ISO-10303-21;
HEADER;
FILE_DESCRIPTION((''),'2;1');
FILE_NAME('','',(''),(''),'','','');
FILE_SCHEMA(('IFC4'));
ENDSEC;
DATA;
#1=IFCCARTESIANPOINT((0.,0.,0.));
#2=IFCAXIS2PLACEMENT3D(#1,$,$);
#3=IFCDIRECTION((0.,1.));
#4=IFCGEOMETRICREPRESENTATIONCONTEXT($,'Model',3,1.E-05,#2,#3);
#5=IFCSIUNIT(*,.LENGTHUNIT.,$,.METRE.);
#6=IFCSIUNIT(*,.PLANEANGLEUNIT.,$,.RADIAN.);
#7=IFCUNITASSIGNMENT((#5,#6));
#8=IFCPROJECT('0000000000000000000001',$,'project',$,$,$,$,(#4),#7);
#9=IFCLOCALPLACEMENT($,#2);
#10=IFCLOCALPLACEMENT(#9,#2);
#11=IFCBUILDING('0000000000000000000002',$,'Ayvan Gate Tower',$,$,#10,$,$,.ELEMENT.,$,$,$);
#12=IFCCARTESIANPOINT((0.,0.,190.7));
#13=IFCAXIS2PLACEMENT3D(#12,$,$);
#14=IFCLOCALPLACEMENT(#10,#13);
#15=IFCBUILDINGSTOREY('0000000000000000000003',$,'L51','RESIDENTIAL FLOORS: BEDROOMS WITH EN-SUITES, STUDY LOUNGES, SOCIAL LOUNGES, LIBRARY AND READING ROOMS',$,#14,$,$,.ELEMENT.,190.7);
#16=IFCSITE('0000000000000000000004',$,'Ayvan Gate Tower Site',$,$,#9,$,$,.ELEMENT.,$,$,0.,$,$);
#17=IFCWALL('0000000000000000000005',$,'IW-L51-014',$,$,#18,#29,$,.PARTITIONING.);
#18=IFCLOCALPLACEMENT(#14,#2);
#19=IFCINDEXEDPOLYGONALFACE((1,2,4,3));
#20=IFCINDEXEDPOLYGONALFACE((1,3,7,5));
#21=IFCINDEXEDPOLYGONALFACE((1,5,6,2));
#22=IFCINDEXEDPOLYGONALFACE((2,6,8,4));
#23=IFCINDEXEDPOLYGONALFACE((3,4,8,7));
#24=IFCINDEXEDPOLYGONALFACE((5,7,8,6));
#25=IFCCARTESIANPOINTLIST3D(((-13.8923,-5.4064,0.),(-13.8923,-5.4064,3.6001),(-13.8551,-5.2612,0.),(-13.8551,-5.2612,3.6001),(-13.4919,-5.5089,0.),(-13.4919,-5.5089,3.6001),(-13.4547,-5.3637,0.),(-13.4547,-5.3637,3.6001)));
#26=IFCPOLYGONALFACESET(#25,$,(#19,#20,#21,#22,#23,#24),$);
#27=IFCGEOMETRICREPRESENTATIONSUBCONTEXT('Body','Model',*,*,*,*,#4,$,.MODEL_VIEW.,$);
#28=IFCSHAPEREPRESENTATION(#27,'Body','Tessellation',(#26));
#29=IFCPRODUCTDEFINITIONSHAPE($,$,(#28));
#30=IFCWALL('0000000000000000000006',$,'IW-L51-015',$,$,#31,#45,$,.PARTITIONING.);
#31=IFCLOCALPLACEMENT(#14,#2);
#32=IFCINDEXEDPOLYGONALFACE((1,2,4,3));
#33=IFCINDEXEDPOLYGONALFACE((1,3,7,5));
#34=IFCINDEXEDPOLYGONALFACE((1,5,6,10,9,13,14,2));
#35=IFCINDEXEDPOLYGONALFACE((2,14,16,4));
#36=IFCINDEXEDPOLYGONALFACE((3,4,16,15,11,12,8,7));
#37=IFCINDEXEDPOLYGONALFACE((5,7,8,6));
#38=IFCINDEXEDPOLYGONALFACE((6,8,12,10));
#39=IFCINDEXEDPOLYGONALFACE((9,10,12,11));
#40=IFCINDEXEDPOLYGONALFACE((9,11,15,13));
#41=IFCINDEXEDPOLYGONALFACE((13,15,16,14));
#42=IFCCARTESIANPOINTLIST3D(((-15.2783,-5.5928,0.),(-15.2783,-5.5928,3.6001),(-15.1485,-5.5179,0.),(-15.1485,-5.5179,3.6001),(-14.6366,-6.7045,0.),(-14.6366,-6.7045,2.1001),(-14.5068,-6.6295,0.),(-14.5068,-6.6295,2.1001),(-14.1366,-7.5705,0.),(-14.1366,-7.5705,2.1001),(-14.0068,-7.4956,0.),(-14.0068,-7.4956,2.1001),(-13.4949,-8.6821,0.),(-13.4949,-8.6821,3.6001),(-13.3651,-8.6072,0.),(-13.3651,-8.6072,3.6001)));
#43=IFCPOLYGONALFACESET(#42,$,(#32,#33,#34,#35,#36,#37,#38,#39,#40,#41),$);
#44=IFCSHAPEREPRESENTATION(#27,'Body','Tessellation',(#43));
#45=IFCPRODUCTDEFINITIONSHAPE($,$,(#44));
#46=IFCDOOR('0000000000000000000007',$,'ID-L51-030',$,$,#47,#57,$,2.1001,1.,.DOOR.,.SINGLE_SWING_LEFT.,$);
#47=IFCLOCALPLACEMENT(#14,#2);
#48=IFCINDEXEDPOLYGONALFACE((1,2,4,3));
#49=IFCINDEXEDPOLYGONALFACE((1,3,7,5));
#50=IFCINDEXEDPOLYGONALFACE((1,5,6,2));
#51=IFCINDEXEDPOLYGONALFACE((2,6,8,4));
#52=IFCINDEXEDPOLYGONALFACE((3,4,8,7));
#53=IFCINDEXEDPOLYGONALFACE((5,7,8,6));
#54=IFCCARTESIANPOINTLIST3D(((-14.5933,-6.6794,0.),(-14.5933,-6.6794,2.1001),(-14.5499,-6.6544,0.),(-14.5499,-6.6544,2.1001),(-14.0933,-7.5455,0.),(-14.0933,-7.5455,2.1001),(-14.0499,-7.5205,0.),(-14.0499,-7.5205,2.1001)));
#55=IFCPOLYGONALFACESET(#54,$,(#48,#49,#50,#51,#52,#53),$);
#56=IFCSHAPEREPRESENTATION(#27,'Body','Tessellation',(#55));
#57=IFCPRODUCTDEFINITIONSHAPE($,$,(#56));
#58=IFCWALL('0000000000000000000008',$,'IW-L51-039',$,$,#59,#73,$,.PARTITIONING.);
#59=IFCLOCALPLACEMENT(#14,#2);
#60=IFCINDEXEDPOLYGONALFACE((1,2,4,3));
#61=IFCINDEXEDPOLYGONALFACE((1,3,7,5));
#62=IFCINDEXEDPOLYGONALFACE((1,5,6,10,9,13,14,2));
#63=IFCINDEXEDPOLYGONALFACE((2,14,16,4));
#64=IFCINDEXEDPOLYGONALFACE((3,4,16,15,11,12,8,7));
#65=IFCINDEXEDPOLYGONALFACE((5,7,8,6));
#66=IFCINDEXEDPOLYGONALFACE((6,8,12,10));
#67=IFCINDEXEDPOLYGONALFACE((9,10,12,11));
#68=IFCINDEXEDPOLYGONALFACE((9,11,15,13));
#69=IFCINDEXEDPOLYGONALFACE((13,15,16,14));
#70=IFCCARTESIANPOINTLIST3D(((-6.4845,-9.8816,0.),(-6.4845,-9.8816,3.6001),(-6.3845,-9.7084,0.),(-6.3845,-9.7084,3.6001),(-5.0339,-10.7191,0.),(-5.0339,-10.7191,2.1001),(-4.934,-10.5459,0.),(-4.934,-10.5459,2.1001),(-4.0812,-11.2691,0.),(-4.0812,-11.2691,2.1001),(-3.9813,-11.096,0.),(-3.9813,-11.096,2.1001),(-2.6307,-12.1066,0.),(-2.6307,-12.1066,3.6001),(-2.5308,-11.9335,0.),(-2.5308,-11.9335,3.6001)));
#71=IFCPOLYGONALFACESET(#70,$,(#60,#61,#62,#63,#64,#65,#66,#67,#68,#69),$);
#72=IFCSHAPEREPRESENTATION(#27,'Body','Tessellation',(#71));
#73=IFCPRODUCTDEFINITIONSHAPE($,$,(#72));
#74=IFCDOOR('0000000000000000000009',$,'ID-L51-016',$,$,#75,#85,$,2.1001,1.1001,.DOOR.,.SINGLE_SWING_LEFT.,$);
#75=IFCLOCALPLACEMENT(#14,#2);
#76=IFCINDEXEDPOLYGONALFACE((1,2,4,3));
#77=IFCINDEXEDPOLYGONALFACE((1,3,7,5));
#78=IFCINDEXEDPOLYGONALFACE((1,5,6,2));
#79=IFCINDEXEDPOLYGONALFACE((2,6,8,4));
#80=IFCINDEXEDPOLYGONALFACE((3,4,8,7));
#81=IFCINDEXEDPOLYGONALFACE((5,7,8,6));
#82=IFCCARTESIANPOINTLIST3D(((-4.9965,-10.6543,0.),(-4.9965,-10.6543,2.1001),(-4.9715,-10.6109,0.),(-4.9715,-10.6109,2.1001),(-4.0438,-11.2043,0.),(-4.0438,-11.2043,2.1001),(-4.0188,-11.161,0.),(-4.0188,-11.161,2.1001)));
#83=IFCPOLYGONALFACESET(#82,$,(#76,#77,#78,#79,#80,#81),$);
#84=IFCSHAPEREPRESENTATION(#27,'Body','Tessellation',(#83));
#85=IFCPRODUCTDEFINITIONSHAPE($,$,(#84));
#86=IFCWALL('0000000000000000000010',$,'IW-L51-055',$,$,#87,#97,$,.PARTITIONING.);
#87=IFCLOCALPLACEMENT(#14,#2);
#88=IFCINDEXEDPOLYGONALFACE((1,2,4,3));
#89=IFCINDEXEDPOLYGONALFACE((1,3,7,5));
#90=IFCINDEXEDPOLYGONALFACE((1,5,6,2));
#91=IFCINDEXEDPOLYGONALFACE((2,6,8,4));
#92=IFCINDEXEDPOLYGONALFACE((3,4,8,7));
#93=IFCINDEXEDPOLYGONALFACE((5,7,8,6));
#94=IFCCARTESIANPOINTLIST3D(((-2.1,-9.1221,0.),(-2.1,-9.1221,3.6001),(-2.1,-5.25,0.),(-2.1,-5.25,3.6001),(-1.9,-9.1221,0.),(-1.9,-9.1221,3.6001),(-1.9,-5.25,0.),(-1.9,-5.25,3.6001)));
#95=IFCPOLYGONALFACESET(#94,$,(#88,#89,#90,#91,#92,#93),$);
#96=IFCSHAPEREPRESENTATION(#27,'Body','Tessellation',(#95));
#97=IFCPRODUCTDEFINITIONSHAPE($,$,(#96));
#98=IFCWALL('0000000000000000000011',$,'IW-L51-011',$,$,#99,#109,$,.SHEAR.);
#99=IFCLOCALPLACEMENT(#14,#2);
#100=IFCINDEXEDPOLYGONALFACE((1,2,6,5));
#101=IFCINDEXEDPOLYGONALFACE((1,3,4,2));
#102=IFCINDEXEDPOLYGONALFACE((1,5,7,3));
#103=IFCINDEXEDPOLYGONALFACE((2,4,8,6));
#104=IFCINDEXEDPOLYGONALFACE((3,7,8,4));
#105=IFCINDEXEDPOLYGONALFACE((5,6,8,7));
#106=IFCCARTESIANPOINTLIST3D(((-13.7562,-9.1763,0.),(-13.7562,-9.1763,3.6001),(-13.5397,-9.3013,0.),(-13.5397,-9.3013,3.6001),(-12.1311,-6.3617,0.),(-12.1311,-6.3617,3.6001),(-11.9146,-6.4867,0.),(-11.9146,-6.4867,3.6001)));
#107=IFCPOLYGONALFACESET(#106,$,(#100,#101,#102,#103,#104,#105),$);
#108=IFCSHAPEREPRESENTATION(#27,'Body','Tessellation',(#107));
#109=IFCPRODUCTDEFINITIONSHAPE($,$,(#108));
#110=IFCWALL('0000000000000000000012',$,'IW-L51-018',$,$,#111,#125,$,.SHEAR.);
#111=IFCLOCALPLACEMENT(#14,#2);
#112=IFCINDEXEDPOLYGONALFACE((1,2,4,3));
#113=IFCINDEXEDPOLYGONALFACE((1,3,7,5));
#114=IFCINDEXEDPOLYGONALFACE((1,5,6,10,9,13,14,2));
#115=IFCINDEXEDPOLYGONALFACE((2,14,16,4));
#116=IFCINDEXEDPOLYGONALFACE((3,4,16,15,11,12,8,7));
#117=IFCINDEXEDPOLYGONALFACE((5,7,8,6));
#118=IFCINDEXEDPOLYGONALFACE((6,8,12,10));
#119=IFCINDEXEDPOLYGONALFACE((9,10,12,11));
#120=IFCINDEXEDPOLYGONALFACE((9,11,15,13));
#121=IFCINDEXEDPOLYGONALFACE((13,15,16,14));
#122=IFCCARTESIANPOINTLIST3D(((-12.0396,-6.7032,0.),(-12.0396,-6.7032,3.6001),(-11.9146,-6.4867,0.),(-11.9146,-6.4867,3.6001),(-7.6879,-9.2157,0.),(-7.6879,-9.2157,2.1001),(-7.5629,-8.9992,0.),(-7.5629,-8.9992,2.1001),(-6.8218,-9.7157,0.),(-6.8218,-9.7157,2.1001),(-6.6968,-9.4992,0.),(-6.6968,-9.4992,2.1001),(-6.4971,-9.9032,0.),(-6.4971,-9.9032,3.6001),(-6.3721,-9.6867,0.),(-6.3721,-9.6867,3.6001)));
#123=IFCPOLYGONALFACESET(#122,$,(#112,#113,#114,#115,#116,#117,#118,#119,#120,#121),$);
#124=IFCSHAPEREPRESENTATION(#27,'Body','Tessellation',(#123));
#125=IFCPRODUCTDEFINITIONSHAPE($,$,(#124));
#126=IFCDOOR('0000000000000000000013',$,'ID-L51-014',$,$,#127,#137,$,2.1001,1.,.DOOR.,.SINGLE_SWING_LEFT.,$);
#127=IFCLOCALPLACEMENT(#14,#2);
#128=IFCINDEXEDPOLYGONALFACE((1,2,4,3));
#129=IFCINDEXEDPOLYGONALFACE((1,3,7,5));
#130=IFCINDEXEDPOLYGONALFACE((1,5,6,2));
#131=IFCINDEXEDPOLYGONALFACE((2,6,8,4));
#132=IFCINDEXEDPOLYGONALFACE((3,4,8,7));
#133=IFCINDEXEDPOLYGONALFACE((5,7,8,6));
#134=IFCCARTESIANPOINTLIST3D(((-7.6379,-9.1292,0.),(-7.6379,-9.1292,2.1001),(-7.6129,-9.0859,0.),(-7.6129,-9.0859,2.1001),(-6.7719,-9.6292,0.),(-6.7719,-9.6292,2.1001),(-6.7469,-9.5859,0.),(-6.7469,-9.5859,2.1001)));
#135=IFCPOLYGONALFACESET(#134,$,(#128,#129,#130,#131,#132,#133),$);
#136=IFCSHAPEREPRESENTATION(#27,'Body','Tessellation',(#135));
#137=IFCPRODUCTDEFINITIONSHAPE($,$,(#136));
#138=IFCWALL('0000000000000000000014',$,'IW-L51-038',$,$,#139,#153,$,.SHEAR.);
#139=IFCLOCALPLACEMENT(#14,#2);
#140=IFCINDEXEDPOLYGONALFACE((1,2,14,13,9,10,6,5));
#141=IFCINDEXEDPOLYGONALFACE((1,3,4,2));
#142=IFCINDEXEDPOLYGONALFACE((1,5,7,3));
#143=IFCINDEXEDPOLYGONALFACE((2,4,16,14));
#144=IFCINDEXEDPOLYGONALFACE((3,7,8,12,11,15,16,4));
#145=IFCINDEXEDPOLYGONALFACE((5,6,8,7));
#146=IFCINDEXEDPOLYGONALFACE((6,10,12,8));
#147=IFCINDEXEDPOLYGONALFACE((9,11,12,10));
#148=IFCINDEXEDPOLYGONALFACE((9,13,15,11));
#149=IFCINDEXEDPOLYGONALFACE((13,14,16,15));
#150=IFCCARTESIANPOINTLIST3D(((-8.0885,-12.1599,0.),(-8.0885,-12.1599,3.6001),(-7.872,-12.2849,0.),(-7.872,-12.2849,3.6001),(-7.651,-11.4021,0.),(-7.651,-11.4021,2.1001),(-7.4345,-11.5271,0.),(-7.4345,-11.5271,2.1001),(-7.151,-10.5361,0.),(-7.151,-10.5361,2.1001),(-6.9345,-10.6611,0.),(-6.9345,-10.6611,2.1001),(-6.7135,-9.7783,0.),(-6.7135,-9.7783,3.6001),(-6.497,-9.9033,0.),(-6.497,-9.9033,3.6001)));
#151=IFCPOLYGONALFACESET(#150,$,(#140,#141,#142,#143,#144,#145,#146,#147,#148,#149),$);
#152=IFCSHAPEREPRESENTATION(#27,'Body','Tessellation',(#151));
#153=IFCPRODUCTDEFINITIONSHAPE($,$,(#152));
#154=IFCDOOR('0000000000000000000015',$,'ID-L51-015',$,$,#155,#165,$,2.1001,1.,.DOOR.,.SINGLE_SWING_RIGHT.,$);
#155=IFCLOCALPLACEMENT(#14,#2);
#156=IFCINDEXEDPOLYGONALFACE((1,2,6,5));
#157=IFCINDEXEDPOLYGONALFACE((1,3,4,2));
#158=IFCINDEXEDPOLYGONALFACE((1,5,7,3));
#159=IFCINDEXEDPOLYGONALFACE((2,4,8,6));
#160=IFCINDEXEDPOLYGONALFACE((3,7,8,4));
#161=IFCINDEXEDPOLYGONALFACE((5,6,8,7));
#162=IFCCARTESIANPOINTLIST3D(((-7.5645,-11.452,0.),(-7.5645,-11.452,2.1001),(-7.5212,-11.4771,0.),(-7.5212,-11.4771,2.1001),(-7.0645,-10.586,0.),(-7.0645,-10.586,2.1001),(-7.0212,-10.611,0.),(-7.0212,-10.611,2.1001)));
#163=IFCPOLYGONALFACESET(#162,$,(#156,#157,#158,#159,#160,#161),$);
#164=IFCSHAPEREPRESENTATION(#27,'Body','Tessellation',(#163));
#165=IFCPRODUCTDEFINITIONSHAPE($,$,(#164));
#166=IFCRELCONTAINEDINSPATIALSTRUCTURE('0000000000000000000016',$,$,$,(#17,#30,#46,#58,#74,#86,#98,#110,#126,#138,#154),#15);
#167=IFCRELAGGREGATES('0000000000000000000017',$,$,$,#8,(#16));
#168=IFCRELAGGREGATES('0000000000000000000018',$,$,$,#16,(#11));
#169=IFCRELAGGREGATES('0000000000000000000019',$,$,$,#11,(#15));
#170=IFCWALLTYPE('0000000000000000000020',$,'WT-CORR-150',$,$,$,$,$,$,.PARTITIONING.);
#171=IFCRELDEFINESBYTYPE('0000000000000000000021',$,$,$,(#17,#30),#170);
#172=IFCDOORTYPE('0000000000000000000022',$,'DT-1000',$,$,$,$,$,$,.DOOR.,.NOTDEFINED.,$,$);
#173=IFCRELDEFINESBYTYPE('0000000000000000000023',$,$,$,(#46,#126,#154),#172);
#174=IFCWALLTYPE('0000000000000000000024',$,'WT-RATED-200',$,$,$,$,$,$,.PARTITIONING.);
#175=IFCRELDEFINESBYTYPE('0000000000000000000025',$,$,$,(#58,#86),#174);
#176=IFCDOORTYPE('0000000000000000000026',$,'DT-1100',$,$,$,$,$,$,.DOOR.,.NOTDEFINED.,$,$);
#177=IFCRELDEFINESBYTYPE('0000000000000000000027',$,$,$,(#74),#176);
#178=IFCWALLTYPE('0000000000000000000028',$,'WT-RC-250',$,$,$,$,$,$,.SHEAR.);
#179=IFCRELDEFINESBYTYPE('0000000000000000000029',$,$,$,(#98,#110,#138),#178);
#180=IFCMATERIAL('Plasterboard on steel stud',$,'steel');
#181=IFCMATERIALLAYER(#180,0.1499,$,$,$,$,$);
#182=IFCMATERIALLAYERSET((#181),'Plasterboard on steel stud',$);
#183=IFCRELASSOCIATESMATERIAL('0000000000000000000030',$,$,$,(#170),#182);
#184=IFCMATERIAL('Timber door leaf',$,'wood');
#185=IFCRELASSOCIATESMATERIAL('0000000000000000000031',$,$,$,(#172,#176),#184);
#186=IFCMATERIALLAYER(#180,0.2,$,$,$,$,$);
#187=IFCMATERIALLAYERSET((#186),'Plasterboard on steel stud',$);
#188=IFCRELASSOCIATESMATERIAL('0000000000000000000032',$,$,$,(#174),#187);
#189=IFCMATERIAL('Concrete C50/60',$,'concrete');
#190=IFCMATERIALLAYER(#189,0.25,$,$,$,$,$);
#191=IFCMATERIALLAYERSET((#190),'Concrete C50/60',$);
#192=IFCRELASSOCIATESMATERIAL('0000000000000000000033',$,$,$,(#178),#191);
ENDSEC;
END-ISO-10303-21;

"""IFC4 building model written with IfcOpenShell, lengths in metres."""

from ifc_helpers import new_model, si_unit, direction, frame, frame_2d, origin, place, context, subcontext, project, spatial, rectangle, extrude, material, layer, layer_set, type_object, element, fill, save


model = new_model("IFC4")

# Units and contexts
model_context = context("Model", 3, precision=1e-05, world=origin(), true_north=direction((0.0, 1.0)))
body_context = subcontext(model_context, "Body", "Model", "MODEL_VIEW")
ifc_project = project(units=[si_unit("LENGTHUNIT", "METRE"), si_unit("PLANEANGLEUNIT", "RADIAN")], contexts=[model_context])

# Site, building, storey
site_placement = place(None, origin())
site = spatial("IfcSite", under=ifc_project, at=site_placement, Name="Ayvan Gate Tower Site", CompositionType="ELEMENT", RefElevation=0.0)
building_placement = place(site_placement, origin())
building = spatial("IfcBuilding", under=site, at=building_placement, Name="Ayvan Gate Tower", CompositionType="ELEMENT")
storey_placement = place(building_placement, frame((0.0, 0.0, 190.7)))
storey = spatial("IfcBuildingStorey", under=building, at=storey_placement, Name="L51", Description="RESIDENTIAL FLOORS: BEDROOMS WITH EN-SUITES, STUDY LOUNGES, SOCIAL LOUNGES, LIBRARY AND READING ROOMS", CompositionType="ELEMENT", Elevation=190.7)

# Wall
ifc_material_1 = material(Name="Plasterboard on steel stud", Category="steel")
ifc_layer_1 = layer(ifc_material_1, 0.1499)
ifc_layer_set_1 = layer_set([ifc_layer_1], Name="Plasterboard on steel stud")
wall_type_1 = type_object("IfcWallType", Name="WT-CORR-150", PredefinedType="PARTITIONING", material=ifc_layer_set_1)
wall_1_placement = place(storey_placement, frame((-13.4734, -5.4363, 0.0), z_axis=(0.0, 0.0, 1.0), x_axis=(-0.968737, 0.248091, 0.0)))
element("IfcWall", 1, at=wall_1_placement, inside=storey, type_object=wall_type_1, Name="IW-L51-014", PredefinedType="PARTITIONING", context=body_context, shape_type="SweptSolid", body=[
    extrude(rectangle(XDim=0.4133, YDim=0.1499, at=frame_2d((0.2065, 0.0))), origin(), (0.0, 0.0, 1.0), 3.6001),
])

# Walls, openings, doors
wall_2_placement = place(storey_placement, frame((-13.4299, -8.6448, 0.0), z_axis=(0.0, 0.0, 1.0), x_axis=(-0.499959, 0.866049, 0.0)))
wall_2 = element("IfcWall", 2, at=wall_2_placement, inside=storey, type_object=wall_type_1, Name="IW-L51-015", PredefinedType="PARTITIONING", context=body_context, shape_type="SweptSolid", body=[
    extrude(rectangle(XDim=3.5671, YDim=0.1499, at=frame_2d((1.7837, 0.0))), origin(), (0.0, 0.0, 1.0), 3.6001),
])
opening_1_placement = place(wall_2_placement, frame((1.2837, 0.0, 0.0)))
opening_1 = element("IfcOpeningElement", 3, at=opening_1_placement, cuts=wall_2, PredefinedType="OPENING", context=body_context, shape_type="SweptSolid", body=[
    extrude(rectangle(XDim=1.0, YDim=2.1001, at=frame_2d((0.5, 1.05))), frame((0.0, 0.085, 0.0), z_axis=(0.0, -1.0, 0.0), x_axis=(1.0, 0.0, 0.0)), (0.0, 0.0, 1.0), 0.1699),
])
ifc_material_2 = material(Name="Timber door leaf", Category="wood")
door_type_1 = type_object("IfcDoorType", Name="DT-1000", OperationType="NOTDEFINED", PredefinedType="DOOR", material=ifc_material_2)
door_1_placement = place(opening_1_placement, origin())
door_1 = element("IfcDoor", 4, at=door_1_placement, inside=storey, type_object=door_type_1, Name="ID-L51-030", OperationType="SINGLE_SWING_LEFT", OverallHeight=2.1001, OverallWidth=1.0, PredefinedType="DOOR", context=body_context, shape_type="SweptSolid", body=[
    extrude(rectangle(XDim=1.0, YDim=2.1001, at=frame_2d((0.5, 1.05))), frame((0.0, 0.0249, 0.0), z_axis=(0.0, -1.0, 0.0), x_axis=(1.0, 0.0, 0.0)), (0.0, 0.0, 1.0), 0.05),
])
fill(opening_1, door_1)
ifc_layer_2 = layer(ifc_material_1, 0.2)
ifc_layer_set_2 = layer_set([ifc_layer_2], Name="Plasterboard on steel stud")
wall_type_2 = type_object("IfcWallType", Name="WT-RATED-200", PredefinedType="PARTITIONING", material=ifc_layer_set_2)
wall_3_placement = place(storey_placement, frame((-6.4346, -9.7949, 0.0), z_axis=(0.0, 0.0, 1.0), x_axis=(0.866013, -0.500022, 0.0)))
wall_3 = element("IfcWall", 5, at=wall_3_placement, inside=storey, type_object=wall_type_2, Name="IW-L51-039", PredefinedType="PARTITIONING", context=body_context, shape_type="SweptSolid", body=[
    extrude(rectangle(XDim=4.45, YDim=0.2, at=frame_2d((2.2251, 0.0))), origin(), (0.0, 0.0, 1.0), 3.6001),
])
opening_2_placement = place(wall_3_placement, frame((1.675, 0.0, 0.0)))
opening_2 = element("IfcOpeningElement", 6, at=opening_2_placement, cuts=wall_3, PredefinedType="OPENING", context=body_context, shape_type="SweptSolid", body=[
    extrude(rectangle(XDim=1.1001, YDim=2.1001, at=frame_2d((0.55, 1.05))), frame((0.0, 0.1099, 0.0), z_axis=(0.0, -1.0, 0.0), x_axis=(1.0, 0.0, 0.0)), (0.0, 0.0, 1.0), 0.22),
])
door_type_2 = type_object("IfcDoorType", Name="DT-1100", OperationType="NOTDEFINED", PredefinedType="DOOR", material=ifc_material_2)
door_2_placement = place(opening_2_placement, origin())
door_2 = element("IfcDoor", 7, at=door_2_placement, inside=storey, type_object=door_type_2, Name="ID-L51-016", OperationType="SINGLE_SWING_LEFT", OverallHeight=2.1001, OverallWidth=1.1001, PredefinedType="DOOR", context=body_context, shape_type="SweptSolid", body=[
    extrude(rectangle(XDim=1.1001, YDim=2.1001, at=frame_2d((0.55, 1.05))), frame((0.0, 0.0249, 0.0), z_axis=(0.0, -1.0, 0.0), x_axis=(1.0, 0.0, 0.0)), (0.0, 0.0, 1.0), 0.05),
])
fill(opening_2, door_2)

# Walls
wall_4_placement = place(storey_placement, frame((-2.0, -5.25, 0.0), z_axis=(0.0, 0.0, 1.0), x_axis=(0.0, -1.0, 0.0)))
element("IfcWall", 8, at=wall_4_placement, inside=storey, type_object=wall_type_2, Name="IW-L51-055", PredefinedType="PARTITIONING", context=body_context, shape_type="SweptSolid", body=[
    extrude(rectangle(XDim=3.8721, YDim=0.2, at=frame_2d((1.936, 0.0))), origin(), (0.0, 0.0, 1.0), 3.6001),
])
ifc_material_3 = material(Name="Concrete C50/60", Category="concrete")
ifc_layer_3 = layer(ifc_material_3, 0.25)
ifc_layer_set_3 = layer_set([ifc_layer_3], Name="Concrete C50/60")
wall_type_3 = type_object("IfcWallType", Name="WT-RC-250", PredefinedType="SHEAR", material=ifc_layer_set_3)
wall_5_placement = place(storey_placement, frame((-13.6479, -9.2388, 0.0), z_axis=(0.0, 0.0, 1.0), x_axis=(0.500017, 0.866015, 0.0)))
element("IfcWall", 9, at=wall_5_placement, inside=storey, type_object=wall_type_3, Name="IW-L51-011", PredefinedType="SHEAR", context=body_context, shape_type="SweptSolid", body=[
    extrude(rectangle(XDim=3.25, YDim=0.25, at=frame_2d((1.625, 0.0))), origin(), (0.0, 0.0, 1.0), 3.6001),
])

# Walls, openings, doors
wall_6_placement = place(storey_placement, frame((-11.9771, -6.595, 0.0), z_axis=(0.0, 0.0, 1.0), x_axis=(0.866025, -0.5, 0.0)))
wall_6 = element("IfcWall", 10, at=wall_6_placement, inside=storey, type_object=wall_type_3, Name="IW-L51-018", PredefinedType="SHEAR", context=body_context, shape_type="SweptSolid", body=[
    extrude(rectangle(XDim=6.3999, YDim=0.25, at=frame_2d((3.2, 0.0))), origin(), (0.0, 0.0, 1.0), 3.6001),
])
opening_3_placement = place(wall_6_placement, frame((5.0249, 0.0, 0.0)))
opening_3 = element("IfcOpeningElement", 11, at=opening_3_placement, cuts=wall_6, PredefinedType="OPENING", context=body_context, shape_type="SweptSolid", body=[
    extrude(rectangle(XDim=1.0, YDim=2.1001, at=frame_2d((0.5, 1.05))), frame((0.0, 0.135, 0.0), z_axis=(0.0, -1.0, 0.0), x_axis=(1.0, 0.0, 0.0)), (0.0, 0.0, 1.0), 0.27),
])
door_3_placement = place(opening_3_placement, origin())
door_3 = element("IfcDoor", 12, at=door_3_placement, inside=storey, type_object=door_type_1, Name="ID-L51-014", OperationType="SINGLE_SWING_LEFT", OverallHeight=2.1001, OverallWidth=1.0, PredefinedType="DOOR", context=body_context, shape_type="SweptSolid", body=[
    extrude(rectangle(XDim=1.0, YDim=2.1001, at=frame_2d((0.5, 1.05))), frame((0.0, 0.0249, 0.0), z_axis=(0.0, -1.0, 0.0), x_axis=(1.0, 0.0, 0.0)), (0.0, 0.0, 1.0), 0.05),
])
fill(opening_3, door_3)
wall_7_placement = place(storey_placement, frame((-6.6052, -9.8408, 0.0), z_axis=(0.0, 0.0, 1.0), x_axis=(-0.499997, -0.866027, 0.0)))
wall_7 = element("IfcWall", 13, at=wall_7_placement, inside=storey, type_object=wall_type_3, Name="IW-L51-038", PredefinedType="SHEAR", context=body_context, shape_type="SweptSolid", body=[
    extrude(rectangle(XDim=2.75, YDim=0.25, at=frame_2d((1.375, 0.0))), origin(), (0.0, 0.0, 1.0), 3.6001),
])
opening_4_placement = place(wall_7_placement, frame((0.875, 0.0, 0.0)))
opening_4 = element("IfcOpeningElement", 14, at=opening_4_placement, cuts=wall_7, PredefinedType="OPENING", context=body_context, shape_type="SweptSolid", body=[
    extrude(rectangle(XDim=1.0, YDim=2.1001, at=frame_2d((0.5, 1.05))), frame((0.0, 0.135, 0.0), z_axis=(0.0, -1.0, 0.0), x_axis=(1.0, 0.0, 0.0)), (0.0, 0.0, 1.0), 0.27),
])
door_4_placement = place(opening_4_placement, origin())
door_4 = element("IfcDoor", 15, at=door_4_placement, inside=storey, type_object=door_type_1, Name="ID-L51-015", OperationType="SINGLE_SWING_RIGHT", OverallHeight=2.1001, OverallWidth=1.0, PredefinedType="DOOR", context=body_context, shape_type="SweptSolid", body=[
    extrude(rectangle(XDim=1.0, YDim=2.1001, at=frame_2d((0.5, 1.05))), frame((0.0, 0.0249, 0.0), z_axis=(0.0, -1.0, 0.0), x_axis=(1.0, 0.0, 0.0)), (0.0, 0.0, 1.0), 0.05),
])
fill(opening_4, door_4)

save(model, "model.ifc")
